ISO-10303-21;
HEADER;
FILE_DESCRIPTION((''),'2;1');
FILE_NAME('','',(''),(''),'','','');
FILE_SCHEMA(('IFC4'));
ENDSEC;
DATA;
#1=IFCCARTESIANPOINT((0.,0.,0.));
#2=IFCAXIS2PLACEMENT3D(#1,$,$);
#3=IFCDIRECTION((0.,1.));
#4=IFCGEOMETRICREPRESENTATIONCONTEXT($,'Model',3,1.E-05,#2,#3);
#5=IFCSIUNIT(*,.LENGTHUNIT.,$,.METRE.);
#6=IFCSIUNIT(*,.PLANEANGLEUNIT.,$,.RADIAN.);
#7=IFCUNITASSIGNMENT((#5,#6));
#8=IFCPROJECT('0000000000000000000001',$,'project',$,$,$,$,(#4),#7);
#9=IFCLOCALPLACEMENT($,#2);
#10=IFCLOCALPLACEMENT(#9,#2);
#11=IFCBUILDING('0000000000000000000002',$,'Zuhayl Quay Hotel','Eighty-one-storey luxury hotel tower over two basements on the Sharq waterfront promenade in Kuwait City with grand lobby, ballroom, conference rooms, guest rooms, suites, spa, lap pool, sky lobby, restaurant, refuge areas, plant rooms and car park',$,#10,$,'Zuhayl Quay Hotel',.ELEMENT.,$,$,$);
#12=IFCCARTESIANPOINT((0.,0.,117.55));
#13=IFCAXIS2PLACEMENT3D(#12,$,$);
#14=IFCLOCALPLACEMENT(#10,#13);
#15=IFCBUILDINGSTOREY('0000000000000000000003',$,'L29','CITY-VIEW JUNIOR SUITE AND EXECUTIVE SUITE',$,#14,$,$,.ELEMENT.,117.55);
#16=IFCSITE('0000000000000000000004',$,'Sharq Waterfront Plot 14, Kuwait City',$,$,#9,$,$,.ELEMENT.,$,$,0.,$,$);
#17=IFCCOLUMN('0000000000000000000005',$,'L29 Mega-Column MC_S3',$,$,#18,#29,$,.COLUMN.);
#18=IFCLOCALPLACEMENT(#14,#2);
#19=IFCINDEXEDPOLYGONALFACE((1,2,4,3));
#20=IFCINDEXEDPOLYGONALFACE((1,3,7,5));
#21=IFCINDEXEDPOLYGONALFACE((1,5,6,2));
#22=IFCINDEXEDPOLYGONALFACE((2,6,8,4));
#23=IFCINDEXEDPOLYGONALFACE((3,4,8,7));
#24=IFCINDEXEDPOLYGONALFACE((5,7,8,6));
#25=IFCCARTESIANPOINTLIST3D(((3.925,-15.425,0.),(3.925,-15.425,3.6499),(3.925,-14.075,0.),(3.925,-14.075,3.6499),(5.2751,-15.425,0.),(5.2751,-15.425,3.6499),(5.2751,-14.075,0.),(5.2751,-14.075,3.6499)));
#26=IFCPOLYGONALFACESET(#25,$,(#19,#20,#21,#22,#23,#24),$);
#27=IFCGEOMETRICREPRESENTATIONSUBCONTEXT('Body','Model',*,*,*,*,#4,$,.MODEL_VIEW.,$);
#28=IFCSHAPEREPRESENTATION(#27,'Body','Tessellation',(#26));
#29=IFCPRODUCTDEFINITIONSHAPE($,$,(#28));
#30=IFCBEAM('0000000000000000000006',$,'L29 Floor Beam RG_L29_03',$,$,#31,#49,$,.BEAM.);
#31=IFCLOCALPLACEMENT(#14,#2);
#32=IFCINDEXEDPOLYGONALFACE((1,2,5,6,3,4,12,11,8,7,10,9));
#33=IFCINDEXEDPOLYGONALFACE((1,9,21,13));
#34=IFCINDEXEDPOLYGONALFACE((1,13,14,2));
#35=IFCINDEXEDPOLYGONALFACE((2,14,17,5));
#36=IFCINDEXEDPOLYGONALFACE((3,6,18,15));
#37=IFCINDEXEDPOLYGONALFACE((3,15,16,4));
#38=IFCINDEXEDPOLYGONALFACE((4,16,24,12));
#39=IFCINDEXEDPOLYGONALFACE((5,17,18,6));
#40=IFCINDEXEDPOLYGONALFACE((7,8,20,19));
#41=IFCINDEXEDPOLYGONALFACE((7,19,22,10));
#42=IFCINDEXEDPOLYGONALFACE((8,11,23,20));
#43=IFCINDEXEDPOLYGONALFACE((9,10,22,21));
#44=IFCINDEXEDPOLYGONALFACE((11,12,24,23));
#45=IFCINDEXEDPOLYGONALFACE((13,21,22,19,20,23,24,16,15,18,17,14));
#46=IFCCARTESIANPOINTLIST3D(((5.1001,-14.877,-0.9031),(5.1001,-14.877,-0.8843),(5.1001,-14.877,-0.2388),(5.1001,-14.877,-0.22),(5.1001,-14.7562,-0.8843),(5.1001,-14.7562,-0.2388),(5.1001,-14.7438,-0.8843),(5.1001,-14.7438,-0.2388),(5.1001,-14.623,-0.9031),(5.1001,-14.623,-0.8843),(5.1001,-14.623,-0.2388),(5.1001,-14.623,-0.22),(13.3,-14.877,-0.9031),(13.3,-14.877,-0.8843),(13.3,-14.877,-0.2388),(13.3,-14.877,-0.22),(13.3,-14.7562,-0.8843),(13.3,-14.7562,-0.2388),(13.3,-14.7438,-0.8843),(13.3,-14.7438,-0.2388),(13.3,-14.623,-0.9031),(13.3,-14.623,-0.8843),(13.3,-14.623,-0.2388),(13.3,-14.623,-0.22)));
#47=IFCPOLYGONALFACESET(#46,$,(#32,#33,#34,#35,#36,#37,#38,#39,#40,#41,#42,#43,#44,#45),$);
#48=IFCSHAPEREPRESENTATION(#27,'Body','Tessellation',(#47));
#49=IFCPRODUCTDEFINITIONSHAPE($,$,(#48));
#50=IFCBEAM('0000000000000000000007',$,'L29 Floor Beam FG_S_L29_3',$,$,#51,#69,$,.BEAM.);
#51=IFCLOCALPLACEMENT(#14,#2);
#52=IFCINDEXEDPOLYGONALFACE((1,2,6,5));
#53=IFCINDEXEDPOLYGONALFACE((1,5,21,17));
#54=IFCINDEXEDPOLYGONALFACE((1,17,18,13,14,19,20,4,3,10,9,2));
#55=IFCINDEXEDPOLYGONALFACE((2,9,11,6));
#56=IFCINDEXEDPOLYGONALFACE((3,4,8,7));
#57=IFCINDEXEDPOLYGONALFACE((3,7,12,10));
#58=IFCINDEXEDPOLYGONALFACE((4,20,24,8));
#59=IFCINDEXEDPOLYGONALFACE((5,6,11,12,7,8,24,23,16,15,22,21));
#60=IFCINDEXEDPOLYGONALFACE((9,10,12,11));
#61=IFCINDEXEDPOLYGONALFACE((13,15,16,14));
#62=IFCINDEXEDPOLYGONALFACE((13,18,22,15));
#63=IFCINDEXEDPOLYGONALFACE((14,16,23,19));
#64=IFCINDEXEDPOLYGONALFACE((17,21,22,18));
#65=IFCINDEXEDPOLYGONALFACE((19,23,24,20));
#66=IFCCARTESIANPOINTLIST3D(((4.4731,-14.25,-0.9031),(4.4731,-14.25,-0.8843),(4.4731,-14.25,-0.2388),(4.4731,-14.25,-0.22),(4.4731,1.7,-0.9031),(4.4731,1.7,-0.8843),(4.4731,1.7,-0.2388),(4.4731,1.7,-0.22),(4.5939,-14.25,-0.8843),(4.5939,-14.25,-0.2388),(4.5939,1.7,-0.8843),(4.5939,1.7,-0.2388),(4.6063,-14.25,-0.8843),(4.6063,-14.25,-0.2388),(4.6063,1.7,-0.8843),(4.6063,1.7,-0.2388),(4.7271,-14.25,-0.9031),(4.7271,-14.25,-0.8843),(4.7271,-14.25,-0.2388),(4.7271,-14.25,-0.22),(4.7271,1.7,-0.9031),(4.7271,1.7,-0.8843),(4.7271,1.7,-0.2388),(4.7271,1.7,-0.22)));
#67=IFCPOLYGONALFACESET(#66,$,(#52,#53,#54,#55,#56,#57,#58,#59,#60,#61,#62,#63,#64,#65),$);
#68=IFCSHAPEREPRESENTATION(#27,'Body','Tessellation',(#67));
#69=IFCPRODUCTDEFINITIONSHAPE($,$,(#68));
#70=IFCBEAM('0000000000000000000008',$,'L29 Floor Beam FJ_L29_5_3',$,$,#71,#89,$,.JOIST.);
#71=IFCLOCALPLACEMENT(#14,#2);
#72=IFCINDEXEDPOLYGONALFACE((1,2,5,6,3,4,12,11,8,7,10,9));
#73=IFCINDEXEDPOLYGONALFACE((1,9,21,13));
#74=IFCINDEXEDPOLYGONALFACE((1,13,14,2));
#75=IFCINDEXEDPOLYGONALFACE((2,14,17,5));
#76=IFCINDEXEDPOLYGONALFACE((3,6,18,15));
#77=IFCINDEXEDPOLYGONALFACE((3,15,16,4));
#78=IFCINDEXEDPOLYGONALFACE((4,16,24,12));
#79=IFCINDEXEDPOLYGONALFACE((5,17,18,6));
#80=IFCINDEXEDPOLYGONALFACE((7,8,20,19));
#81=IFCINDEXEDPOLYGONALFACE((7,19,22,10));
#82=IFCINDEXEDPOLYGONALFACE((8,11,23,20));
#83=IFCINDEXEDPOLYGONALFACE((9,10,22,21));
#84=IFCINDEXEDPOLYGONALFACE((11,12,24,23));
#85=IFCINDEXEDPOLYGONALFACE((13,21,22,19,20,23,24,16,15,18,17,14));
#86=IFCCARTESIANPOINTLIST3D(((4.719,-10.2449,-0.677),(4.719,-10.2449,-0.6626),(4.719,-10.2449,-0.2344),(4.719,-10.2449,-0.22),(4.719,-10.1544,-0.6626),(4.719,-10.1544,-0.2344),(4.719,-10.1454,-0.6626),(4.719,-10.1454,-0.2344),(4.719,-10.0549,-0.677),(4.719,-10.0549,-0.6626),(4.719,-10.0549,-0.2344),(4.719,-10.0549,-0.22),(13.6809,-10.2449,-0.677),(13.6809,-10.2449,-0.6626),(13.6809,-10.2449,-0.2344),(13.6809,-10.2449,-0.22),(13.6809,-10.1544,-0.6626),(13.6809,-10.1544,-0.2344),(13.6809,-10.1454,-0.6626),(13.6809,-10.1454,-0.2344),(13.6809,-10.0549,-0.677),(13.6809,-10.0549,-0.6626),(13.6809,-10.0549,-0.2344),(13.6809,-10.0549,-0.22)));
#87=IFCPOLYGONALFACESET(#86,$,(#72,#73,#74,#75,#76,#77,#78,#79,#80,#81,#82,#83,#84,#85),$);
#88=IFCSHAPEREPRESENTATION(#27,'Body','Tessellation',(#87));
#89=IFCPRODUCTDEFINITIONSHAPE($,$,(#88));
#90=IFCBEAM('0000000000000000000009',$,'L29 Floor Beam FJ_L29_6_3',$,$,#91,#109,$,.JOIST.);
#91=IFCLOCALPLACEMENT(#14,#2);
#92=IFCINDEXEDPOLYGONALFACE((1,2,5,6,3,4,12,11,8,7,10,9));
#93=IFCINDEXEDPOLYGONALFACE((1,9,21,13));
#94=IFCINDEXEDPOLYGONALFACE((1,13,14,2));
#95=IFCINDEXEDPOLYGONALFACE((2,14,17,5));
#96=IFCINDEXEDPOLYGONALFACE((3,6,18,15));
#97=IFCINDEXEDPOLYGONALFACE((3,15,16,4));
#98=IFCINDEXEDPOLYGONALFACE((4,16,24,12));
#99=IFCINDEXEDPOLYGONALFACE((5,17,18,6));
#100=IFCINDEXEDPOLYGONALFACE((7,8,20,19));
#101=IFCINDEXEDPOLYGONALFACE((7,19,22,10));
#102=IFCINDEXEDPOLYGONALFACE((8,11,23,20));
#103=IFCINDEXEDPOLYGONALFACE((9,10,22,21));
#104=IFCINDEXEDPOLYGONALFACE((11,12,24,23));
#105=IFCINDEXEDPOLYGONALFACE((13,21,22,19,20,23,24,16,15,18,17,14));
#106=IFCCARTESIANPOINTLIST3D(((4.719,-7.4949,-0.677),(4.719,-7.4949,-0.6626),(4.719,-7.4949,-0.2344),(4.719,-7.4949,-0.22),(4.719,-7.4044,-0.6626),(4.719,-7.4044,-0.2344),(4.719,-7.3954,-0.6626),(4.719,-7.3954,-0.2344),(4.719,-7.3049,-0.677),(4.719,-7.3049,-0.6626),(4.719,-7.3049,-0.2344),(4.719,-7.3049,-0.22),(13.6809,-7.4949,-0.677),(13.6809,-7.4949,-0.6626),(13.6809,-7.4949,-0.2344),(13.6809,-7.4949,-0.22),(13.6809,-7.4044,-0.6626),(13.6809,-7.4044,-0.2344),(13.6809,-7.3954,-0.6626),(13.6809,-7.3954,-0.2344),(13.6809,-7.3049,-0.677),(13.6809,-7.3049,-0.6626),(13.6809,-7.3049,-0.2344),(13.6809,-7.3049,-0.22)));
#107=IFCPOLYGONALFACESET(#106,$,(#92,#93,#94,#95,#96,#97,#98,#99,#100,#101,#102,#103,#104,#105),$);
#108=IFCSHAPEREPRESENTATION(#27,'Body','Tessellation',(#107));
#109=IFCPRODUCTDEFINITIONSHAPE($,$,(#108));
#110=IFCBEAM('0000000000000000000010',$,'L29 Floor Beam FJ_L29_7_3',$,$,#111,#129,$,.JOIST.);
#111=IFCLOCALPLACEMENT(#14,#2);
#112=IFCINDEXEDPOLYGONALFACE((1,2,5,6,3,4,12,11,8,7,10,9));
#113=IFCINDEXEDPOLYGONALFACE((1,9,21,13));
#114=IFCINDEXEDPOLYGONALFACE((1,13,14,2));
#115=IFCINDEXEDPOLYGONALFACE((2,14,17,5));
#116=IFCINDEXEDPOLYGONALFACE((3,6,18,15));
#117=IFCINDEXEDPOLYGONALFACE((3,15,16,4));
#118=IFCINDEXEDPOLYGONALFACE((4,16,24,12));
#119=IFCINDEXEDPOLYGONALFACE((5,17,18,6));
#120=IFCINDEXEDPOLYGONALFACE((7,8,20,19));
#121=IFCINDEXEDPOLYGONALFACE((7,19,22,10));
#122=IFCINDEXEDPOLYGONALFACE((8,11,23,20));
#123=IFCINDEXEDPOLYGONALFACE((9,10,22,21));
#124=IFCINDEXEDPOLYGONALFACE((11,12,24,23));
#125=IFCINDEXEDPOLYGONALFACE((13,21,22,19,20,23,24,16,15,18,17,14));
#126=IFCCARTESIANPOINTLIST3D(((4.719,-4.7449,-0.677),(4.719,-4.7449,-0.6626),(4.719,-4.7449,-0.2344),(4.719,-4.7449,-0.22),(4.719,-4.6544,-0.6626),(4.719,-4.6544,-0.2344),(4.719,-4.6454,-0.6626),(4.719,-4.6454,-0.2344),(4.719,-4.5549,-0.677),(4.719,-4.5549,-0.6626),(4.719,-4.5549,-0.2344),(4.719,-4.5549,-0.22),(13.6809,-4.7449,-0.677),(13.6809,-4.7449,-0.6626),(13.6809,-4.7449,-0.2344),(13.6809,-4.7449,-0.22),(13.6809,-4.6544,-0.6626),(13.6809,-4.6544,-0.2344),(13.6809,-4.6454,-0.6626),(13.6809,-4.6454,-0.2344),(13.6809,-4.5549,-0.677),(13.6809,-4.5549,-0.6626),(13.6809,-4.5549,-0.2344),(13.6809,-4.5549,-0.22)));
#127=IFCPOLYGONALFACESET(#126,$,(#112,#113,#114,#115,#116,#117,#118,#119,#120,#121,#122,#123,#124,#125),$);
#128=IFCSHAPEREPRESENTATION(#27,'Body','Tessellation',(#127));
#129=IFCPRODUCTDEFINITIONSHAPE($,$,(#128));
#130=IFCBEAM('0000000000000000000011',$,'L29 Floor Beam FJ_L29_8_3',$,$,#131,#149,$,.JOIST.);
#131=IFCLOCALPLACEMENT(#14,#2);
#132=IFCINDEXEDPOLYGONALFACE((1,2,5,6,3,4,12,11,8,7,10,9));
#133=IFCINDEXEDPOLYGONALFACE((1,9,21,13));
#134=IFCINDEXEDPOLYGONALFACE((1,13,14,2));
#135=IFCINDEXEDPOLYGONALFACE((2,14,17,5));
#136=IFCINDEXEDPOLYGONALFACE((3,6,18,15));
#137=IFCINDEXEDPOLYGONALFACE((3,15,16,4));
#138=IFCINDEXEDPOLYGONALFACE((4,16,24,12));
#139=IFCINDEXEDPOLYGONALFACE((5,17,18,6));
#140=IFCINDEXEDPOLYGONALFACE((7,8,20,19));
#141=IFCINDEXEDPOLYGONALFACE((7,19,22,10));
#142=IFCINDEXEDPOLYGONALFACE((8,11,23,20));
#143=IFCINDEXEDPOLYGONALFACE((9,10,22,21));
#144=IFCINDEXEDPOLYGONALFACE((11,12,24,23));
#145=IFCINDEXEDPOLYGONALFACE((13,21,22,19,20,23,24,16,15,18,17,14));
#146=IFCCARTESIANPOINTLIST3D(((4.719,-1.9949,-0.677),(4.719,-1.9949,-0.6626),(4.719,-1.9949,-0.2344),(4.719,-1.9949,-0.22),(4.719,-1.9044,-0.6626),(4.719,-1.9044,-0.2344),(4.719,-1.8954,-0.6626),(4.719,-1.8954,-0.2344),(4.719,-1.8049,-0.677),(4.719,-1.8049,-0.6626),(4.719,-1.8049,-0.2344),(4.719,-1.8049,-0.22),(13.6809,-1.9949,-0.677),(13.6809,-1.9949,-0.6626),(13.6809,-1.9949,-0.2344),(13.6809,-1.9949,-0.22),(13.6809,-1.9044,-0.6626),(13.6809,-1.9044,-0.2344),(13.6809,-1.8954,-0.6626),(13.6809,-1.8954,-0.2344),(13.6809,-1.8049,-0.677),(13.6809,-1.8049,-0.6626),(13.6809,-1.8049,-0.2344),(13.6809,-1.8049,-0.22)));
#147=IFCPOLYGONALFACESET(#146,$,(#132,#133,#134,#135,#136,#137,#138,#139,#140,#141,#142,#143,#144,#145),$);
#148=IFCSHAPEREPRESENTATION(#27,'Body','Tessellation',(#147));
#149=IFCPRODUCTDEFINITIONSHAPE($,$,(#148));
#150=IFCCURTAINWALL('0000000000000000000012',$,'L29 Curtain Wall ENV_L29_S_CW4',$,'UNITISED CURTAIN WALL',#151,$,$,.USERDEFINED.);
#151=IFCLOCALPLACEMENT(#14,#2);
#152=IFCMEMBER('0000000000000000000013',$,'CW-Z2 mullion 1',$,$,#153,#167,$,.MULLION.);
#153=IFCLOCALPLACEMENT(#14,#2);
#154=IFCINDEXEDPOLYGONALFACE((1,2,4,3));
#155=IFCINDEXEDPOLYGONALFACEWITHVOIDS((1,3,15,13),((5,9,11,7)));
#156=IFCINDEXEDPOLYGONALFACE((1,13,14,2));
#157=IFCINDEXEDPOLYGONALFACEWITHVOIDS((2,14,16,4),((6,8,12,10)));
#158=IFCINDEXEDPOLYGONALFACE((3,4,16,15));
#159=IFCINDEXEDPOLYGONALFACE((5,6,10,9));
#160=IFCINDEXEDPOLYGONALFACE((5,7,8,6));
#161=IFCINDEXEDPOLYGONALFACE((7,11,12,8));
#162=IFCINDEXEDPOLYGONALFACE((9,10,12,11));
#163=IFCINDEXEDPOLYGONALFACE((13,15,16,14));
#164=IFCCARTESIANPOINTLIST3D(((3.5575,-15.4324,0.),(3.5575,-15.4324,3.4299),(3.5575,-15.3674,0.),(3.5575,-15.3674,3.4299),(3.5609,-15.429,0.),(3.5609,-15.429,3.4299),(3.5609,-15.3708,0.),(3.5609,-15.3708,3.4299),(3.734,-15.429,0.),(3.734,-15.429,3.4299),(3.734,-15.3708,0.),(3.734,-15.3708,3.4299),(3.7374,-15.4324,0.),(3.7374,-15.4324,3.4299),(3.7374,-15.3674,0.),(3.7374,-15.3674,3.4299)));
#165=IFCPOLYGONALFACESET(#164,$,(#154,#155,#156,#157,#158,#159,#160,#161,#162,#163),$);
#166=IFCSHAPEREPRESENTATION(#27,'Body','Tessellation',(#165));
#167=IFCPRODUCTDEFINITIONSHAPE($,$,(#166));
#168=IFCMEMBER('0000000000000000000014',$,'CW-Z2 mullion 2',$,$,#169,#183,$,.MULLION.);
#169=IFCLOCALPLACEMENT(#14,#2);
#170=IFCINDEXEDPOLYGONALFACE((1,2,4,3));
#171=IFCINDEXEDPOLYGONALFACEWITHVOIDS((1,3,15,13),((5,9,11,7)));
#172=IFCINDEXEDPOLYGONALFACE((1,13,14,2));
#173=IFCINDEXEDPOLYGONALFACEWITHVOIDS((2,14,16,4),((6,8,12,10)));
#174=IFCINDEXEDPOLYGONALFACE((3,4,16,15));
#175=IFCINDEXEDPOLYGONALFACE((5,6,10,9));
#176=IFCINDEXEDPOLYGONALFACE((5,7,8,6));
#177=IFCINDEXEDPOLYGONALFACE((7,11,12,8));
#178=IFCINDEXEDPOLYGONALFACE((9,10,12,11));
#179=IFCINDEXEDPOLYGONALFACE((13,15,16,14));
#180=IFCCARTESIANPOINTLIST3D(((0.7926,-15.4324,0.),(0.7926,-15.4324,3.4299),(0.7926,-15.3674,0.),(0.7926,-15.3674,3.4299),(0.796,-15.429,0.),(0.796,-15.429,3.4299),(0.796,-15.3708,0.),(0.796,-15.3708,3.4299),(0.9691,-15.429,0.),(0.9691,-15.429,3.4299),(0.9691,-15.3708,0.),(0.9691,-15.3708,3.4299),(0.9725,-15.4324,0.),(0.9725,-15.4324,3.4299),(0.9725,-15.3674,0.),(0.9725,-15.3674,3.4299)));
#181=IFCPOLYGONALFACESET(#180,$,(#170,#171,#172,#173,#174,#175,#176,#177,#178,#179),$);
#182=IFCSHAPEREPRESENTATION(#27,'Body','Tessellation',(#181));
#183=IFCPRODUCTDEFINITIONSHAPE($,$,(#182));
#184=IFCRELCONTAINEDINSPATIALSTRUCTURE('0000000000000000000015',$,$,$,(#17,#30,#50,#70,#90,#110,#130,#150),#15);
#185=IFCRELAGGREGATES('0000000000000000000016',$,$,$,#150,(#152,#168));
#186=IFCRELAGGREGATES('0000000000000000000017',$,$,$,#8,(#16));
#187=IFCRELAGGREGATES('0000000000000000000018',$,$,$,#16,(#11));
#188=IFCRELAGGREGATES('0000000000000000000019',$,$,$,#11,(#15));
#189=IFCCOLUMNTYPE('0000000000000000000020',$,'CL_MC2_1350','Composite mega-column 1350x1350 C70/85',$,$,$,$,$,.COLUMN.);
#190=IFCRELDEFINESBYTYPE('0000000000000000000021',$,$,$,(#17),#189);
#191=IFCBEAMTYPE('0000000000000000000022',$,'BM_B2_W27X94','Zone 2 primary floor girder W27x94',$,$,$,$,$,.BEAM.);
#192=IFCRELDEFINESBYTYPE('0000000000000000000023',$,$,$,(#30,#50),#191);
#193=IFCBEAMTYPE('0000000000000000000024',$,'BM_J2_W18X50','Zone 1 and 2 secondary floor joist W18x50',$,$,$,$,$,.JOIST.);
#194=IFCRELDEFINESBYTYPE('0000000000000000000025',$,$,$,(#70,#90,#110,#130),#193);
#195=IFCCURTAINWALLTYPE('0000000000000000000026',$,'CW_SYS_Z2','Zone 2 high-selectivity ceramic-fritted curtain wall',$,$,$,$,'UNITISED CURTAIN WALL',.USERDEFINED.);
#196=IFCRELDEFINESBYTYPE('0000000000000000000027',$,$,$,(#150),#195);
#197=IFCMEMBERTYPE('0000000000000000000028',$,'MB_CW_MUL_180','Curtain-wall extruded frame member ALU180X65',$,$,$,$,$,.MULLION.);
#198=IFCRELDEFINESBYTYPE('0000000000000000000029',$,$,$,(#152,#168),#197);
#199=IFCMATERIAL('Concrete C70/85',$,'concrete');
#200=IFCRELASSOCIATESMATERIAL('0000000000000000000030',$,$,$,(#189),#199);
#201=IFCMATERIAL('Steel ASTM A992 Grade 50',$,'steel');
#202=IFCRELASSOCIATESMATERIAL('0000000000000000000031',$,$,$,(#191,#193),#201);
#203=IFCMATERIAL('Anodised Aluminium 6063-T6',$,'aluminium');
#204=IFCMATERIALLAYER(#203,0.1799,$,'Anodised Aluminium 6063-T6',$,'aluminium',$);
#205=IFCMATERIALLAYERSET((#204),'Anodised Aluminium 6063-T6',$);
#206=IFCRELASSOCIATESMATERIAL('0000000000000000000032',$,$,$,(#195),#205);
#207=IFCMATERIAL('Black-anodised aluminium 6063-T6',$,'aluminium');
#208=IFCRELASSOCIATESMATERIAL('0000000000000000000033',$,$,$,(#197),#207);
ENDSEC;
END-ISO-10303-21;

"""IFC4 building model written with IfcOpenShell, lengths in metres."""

from ifc_helpers import new_model, si_unit, direction, frame, origin, origin_2d, place, context, subcontext, project, spatial, rectangle, hollow_rectangle, i_section, extrude, material, layer, layer_set, material_profile, profile_set, type_object, element, aggregate, save


model = new_model("IFC4")

# Units and contexts
model_context = context("Model", 3, precision=1e-05, world=origin(), true_north=direction((0.0, 1.0)))
body_context = subcontext(model_context, "Body", "Model", "MODEL_VIEW")
ifc_project = project(units=[si_unit("LENGTHUNIT", "METRE"), si_unit("PLANEANGLEUNIT", "RADIAN")], contexts=[model_context])

# Site, building, storey
site_placement = place(None, origin())
site = spatial("IfcSite", under=ifc_project, at=site_placement, Name="Sharq Waterfront Plot 14, Kuwait City", CompositionType="ELEMENT", RefElevation=0.0)
building_placement = place(site_placement, origin())
building = spatial("IfcBuilding", under=site, at=building_placement, Name="Zuhayl Quay Hotel", Description="Eighty-one-storey luxury hotel tower over two basements on the Sharq waterfront promenade in Kuwait City with grand lobby, ballroom, conference rooms, guest rooms, suites, spa, lap pool, sky lobby, restaurant, refuge areas, plant rooms and car park", LongName="Zuhayl Quay Hotel", CompositionType="ELEMENT")
storey_placement = place(building_placement, frame((0.0, 0.0, 117.55)))
storey = spatial("IfcBuildingStorey", under=building, at=storey_placement, Name="L29", Description="CITY-VIEW JUNIOR SUITE AND EXECUTIVE SUITE", CompositionType="ELEMENT", Elevation=117.55)

# Column
ifc_material_1 = material(Name="Concrete C70/85", Category="concrete")
ifc_material_profile_1 = material_profile(ifc_material_1, rectangle(XDim=1.3501, YDim=1.3501, at=origin_2d()), Name="RC1350X1350")
ifc_profile_set_1 = profile_set([ifc_material_profile_1], Name="Concrete C70/85")
column_type = type_object("IfcColumnType", Name="CL_MC2_1350", Description="Composite mega-column 1350x1350 C70/85", PredefinedType="COLUMN", material=ifc_profile_set_1)
column_placement = place(storey_placement, frame((4.6001, -14.75, 0.0), z_axis=(0.0, 0.0, 1.0), x_axis=(1.0, 0.0, 0.0)))
element("IfcColumn", 1, at=column_placement, inside=storey, type_object=column_type, Name="L29 Mega-Column MC_S3", PredefinedType="COLUMN", context=body_context, shape_type="SweptSolid", body=[
    extrude(rectangle(XDim=1.3501, YDim=1.3501, at=origin_2d()), origin(), (0.0, 0.0, 1.0), 3.6499),
])

# Beams
ifc_material_2 = material(Name="Steel ASTM A992 Grade 50", Category="steel")
ifc_material_profile_2 = material_profile(ifc_material_2, i_section(OverallWidth=0.2539, OverallDepth=0.6831, WebThickness=0.0125, FlangeThickness=0.0188, at=origin_2d()), Name="W27X94")
ifc_profile_set_2 = profile_set([ifc_material_profile_2], Name="Steel ASTM A992 Grade 50")
beam_type_1 = type_object("IfcBeamType", Name="BM_B2_W27X94", Description="Zone 2 primary floor girder W27x94", PredefinedType="BEAM", material=ifc_profile_set_2)
beam_1_placement = place(storey_placement, frame((5.1001, -14.75, -0.5615), z_axis=(1.0, 0.0, 0.0), x_axis=(0.0, 1.0, 0.0)))
element("IfcBeam", 2, at=beam_1_placement, inside=storey, type_object=beam_type_1, Name="L29 Floor Beam RG_L29_03", PredefinedType="BEAM", context=body_context, shape_type="SweptSolid", body=[
    extrude(i_section(OverallWidth=0.2539, OverallDepth=0.6831, WebThickness=0.0125, FlangeThickness=0.0188, at=origin_2d()), origin(), (0.0, 0.0, 1.0), 8.2),
])
beam_2_placement = place(storey_placement, frame((4.6001, -14.25, -0.5615), z_axis=(0.0, 1.0, 0.0), x_axis=(-1.0, 0.0, 0.0)))
element("IfcBeam", 3, at=beam_2_placement, inside=storey, type_object=beam_type_1, Name="L29 Floor Beam FG_S_L29_3", PredefinedType="BEAM", context=body_context, shape_type="SweptSolid", body=[
    extrude(i_section(OverallWidth=0.2539, OverallDepth=0.6831, WebThickness=0.0125, FlangeThickness=0.0188, at=origin_2d()), origin(), (0.0, 0.0, 1.0), 15.95),
])
ifc_material_profile_3 = material_profile(ifc_material_2, i_section(OverallWidth=0.1899, OverallDepth=0.457, WebThickness=0.009, FlangeThickness=0.0144, at=origin_2d()), Name="W18X50")
ifc_profile_set_3 = profile_set([ifc_material_profile_3], Name="Steel ASTM A992 Grade 50")
beam_type_2 = type_object("IfcBeamType", Name="BM_J2_W18X50", Description="Zone 1 and 2 secondary floor joist W18x50", PredefinedType="JOIST", material=ifc_profile_set_3)
for number, where, z_axis, x_axis, name in (
    (4, (4.719, -10.1499, -0.4485), (1.0, 0.0, 0.0), (0.0, 1.0, 0.0), "L29 Floor Beam FJ_L29_5_3"),
    (5, (4.719, -7.3999, -0.4485), (1.0, 0.0, 0.0), (0.0, 1.0, 0.0), "L29 Floor Beam FJ_L29_6_3"),
    (6, (4.719, -4.6499, -0.4485), (1.0, 0.0, 0.0), (0.0, 1.0, 0.0), "L29 Floor Beam FJ_L29_7_3"),
    (7, (4.719, -1.8999, -0.4485), (1.0, 0.0, 0.0), (0.0, 1.0, 0.0), "L29 Floor Beam FJ_L29_8_3"),
):
    element("IfcBeam", number, at=place(storey_placement, frame(where, z_axis=z_axis, x_axis=x_axis)), inside=storey, type_object=beam_type_2, Name=name, PredefinedType="JOIST", context=body_context, shape_type="SweptSolid", body=[
        extrude(i_section(OverallWidth=0.1899, OverallDepth=0.457, WebThickness=0.009, FlangeThickness=0.0144, at=origin_2d()), origin(), (0.0, 0.0, 1.0), 8.9619),
    ])

# Curtain wall, members
ifc_material_3 = material(Name="Anodised Aluminium 6063-T6", Category="aluminium")
ifc_layer_1 = layer(ifc_material_3, 0.1799, Name="Anodised Aluminium 6063-T6", Category="aluminium")
ifc_layer_set_1 = layer_set([ifc_layer_1], Name="Anodised Aluminium 6063-T6")
curtain_wall_type = type_object("IfcCurtainWallType", Name="CW_SYS_Z2", Description="Zone 2 high-selectivity ceramic-fritted curtain wall", ElementType="UNITISED CURTAIN WALL", PredefinedType="USERDEFINED", material=ifc_layer_set_1)
curtain_wall_placement = place(storey_placement, origin())
curtain_wall = element("IfcCurtainWall", 8, at=curtain_wall_placement, inside=storey, type_object=curtain_wall_type, Name="L29 Curtain Wall ENV_L29_S_CW4", ObjectType="UNITISED CURTAIN WALL", PredefinedType="USERDEFINED")
ifc_material_4 = material(Name="Black-anodised aluminium 6063-T6", Category="aluminium")
ifc_material_profile_4 = material_profile(ifc_material_4, hollow_rectangle(XDim=0.0649, YDim=0.1799, WallThickness=0.0034, at=origin_2d()), Name="ALU180X65")
ifc_profile_set_4 = profile_set([ifc_material_profile_4], Name="Black-anodised aluminium 6063-T6")
member_type_1 = type_object("IfcMemberType", Name="MB_CW_MUL_180", Description="Curtain-wall extruded frame member ALU180X65", PredefinedType="MULLION", material=ifc_profile_set_4)
member_1_placement = place(storey_placement, frame((3.6475, -15.3999, 0.0), z_axis=(0.0, 0.0, 1.0), x_axis=(0.0, -1.0, 0.0)))
member_1 = element("IfcMember", 9, at=member_1_placement, type_object=member_type_1, Name="CW-Z2 mullion 1", PredefinedType="MULLION", context=body_context, shape_type="SweptSolid", body=[
    extrude(hollow_rectangle(XDim=0.0649, YDim=0.1799, WallThickness=0.0034, at=origin_2d()), origin(), (0.0, 0.0, 1.0), 3.4299),
])
member_2_placement = place(storey_placement, frame((0.8826, -15.3999, 0.0), z_axis=(0.0, 0.0, 1.0), x_axis=(0.0, -1.0, 0.0)))
member_2 = element("IfcMember", 10, at=member_2_placement, type_object=member_type_1, Name="CW-Z2 mullion 2", PredefinedType="MULLION", context=body_context, shape_type="SweptSolid", body=[
    extrude(hollow_rectangle(XDim=0.0649, YDim=0.1799, WallThickness=0.0034, at=origin_2d()), origin(), (0.0, 0.0, 1.0), 3.4299),
])
aggregate(curtain_wall, [member_1, member_2])

save(model, "model.ifc")
